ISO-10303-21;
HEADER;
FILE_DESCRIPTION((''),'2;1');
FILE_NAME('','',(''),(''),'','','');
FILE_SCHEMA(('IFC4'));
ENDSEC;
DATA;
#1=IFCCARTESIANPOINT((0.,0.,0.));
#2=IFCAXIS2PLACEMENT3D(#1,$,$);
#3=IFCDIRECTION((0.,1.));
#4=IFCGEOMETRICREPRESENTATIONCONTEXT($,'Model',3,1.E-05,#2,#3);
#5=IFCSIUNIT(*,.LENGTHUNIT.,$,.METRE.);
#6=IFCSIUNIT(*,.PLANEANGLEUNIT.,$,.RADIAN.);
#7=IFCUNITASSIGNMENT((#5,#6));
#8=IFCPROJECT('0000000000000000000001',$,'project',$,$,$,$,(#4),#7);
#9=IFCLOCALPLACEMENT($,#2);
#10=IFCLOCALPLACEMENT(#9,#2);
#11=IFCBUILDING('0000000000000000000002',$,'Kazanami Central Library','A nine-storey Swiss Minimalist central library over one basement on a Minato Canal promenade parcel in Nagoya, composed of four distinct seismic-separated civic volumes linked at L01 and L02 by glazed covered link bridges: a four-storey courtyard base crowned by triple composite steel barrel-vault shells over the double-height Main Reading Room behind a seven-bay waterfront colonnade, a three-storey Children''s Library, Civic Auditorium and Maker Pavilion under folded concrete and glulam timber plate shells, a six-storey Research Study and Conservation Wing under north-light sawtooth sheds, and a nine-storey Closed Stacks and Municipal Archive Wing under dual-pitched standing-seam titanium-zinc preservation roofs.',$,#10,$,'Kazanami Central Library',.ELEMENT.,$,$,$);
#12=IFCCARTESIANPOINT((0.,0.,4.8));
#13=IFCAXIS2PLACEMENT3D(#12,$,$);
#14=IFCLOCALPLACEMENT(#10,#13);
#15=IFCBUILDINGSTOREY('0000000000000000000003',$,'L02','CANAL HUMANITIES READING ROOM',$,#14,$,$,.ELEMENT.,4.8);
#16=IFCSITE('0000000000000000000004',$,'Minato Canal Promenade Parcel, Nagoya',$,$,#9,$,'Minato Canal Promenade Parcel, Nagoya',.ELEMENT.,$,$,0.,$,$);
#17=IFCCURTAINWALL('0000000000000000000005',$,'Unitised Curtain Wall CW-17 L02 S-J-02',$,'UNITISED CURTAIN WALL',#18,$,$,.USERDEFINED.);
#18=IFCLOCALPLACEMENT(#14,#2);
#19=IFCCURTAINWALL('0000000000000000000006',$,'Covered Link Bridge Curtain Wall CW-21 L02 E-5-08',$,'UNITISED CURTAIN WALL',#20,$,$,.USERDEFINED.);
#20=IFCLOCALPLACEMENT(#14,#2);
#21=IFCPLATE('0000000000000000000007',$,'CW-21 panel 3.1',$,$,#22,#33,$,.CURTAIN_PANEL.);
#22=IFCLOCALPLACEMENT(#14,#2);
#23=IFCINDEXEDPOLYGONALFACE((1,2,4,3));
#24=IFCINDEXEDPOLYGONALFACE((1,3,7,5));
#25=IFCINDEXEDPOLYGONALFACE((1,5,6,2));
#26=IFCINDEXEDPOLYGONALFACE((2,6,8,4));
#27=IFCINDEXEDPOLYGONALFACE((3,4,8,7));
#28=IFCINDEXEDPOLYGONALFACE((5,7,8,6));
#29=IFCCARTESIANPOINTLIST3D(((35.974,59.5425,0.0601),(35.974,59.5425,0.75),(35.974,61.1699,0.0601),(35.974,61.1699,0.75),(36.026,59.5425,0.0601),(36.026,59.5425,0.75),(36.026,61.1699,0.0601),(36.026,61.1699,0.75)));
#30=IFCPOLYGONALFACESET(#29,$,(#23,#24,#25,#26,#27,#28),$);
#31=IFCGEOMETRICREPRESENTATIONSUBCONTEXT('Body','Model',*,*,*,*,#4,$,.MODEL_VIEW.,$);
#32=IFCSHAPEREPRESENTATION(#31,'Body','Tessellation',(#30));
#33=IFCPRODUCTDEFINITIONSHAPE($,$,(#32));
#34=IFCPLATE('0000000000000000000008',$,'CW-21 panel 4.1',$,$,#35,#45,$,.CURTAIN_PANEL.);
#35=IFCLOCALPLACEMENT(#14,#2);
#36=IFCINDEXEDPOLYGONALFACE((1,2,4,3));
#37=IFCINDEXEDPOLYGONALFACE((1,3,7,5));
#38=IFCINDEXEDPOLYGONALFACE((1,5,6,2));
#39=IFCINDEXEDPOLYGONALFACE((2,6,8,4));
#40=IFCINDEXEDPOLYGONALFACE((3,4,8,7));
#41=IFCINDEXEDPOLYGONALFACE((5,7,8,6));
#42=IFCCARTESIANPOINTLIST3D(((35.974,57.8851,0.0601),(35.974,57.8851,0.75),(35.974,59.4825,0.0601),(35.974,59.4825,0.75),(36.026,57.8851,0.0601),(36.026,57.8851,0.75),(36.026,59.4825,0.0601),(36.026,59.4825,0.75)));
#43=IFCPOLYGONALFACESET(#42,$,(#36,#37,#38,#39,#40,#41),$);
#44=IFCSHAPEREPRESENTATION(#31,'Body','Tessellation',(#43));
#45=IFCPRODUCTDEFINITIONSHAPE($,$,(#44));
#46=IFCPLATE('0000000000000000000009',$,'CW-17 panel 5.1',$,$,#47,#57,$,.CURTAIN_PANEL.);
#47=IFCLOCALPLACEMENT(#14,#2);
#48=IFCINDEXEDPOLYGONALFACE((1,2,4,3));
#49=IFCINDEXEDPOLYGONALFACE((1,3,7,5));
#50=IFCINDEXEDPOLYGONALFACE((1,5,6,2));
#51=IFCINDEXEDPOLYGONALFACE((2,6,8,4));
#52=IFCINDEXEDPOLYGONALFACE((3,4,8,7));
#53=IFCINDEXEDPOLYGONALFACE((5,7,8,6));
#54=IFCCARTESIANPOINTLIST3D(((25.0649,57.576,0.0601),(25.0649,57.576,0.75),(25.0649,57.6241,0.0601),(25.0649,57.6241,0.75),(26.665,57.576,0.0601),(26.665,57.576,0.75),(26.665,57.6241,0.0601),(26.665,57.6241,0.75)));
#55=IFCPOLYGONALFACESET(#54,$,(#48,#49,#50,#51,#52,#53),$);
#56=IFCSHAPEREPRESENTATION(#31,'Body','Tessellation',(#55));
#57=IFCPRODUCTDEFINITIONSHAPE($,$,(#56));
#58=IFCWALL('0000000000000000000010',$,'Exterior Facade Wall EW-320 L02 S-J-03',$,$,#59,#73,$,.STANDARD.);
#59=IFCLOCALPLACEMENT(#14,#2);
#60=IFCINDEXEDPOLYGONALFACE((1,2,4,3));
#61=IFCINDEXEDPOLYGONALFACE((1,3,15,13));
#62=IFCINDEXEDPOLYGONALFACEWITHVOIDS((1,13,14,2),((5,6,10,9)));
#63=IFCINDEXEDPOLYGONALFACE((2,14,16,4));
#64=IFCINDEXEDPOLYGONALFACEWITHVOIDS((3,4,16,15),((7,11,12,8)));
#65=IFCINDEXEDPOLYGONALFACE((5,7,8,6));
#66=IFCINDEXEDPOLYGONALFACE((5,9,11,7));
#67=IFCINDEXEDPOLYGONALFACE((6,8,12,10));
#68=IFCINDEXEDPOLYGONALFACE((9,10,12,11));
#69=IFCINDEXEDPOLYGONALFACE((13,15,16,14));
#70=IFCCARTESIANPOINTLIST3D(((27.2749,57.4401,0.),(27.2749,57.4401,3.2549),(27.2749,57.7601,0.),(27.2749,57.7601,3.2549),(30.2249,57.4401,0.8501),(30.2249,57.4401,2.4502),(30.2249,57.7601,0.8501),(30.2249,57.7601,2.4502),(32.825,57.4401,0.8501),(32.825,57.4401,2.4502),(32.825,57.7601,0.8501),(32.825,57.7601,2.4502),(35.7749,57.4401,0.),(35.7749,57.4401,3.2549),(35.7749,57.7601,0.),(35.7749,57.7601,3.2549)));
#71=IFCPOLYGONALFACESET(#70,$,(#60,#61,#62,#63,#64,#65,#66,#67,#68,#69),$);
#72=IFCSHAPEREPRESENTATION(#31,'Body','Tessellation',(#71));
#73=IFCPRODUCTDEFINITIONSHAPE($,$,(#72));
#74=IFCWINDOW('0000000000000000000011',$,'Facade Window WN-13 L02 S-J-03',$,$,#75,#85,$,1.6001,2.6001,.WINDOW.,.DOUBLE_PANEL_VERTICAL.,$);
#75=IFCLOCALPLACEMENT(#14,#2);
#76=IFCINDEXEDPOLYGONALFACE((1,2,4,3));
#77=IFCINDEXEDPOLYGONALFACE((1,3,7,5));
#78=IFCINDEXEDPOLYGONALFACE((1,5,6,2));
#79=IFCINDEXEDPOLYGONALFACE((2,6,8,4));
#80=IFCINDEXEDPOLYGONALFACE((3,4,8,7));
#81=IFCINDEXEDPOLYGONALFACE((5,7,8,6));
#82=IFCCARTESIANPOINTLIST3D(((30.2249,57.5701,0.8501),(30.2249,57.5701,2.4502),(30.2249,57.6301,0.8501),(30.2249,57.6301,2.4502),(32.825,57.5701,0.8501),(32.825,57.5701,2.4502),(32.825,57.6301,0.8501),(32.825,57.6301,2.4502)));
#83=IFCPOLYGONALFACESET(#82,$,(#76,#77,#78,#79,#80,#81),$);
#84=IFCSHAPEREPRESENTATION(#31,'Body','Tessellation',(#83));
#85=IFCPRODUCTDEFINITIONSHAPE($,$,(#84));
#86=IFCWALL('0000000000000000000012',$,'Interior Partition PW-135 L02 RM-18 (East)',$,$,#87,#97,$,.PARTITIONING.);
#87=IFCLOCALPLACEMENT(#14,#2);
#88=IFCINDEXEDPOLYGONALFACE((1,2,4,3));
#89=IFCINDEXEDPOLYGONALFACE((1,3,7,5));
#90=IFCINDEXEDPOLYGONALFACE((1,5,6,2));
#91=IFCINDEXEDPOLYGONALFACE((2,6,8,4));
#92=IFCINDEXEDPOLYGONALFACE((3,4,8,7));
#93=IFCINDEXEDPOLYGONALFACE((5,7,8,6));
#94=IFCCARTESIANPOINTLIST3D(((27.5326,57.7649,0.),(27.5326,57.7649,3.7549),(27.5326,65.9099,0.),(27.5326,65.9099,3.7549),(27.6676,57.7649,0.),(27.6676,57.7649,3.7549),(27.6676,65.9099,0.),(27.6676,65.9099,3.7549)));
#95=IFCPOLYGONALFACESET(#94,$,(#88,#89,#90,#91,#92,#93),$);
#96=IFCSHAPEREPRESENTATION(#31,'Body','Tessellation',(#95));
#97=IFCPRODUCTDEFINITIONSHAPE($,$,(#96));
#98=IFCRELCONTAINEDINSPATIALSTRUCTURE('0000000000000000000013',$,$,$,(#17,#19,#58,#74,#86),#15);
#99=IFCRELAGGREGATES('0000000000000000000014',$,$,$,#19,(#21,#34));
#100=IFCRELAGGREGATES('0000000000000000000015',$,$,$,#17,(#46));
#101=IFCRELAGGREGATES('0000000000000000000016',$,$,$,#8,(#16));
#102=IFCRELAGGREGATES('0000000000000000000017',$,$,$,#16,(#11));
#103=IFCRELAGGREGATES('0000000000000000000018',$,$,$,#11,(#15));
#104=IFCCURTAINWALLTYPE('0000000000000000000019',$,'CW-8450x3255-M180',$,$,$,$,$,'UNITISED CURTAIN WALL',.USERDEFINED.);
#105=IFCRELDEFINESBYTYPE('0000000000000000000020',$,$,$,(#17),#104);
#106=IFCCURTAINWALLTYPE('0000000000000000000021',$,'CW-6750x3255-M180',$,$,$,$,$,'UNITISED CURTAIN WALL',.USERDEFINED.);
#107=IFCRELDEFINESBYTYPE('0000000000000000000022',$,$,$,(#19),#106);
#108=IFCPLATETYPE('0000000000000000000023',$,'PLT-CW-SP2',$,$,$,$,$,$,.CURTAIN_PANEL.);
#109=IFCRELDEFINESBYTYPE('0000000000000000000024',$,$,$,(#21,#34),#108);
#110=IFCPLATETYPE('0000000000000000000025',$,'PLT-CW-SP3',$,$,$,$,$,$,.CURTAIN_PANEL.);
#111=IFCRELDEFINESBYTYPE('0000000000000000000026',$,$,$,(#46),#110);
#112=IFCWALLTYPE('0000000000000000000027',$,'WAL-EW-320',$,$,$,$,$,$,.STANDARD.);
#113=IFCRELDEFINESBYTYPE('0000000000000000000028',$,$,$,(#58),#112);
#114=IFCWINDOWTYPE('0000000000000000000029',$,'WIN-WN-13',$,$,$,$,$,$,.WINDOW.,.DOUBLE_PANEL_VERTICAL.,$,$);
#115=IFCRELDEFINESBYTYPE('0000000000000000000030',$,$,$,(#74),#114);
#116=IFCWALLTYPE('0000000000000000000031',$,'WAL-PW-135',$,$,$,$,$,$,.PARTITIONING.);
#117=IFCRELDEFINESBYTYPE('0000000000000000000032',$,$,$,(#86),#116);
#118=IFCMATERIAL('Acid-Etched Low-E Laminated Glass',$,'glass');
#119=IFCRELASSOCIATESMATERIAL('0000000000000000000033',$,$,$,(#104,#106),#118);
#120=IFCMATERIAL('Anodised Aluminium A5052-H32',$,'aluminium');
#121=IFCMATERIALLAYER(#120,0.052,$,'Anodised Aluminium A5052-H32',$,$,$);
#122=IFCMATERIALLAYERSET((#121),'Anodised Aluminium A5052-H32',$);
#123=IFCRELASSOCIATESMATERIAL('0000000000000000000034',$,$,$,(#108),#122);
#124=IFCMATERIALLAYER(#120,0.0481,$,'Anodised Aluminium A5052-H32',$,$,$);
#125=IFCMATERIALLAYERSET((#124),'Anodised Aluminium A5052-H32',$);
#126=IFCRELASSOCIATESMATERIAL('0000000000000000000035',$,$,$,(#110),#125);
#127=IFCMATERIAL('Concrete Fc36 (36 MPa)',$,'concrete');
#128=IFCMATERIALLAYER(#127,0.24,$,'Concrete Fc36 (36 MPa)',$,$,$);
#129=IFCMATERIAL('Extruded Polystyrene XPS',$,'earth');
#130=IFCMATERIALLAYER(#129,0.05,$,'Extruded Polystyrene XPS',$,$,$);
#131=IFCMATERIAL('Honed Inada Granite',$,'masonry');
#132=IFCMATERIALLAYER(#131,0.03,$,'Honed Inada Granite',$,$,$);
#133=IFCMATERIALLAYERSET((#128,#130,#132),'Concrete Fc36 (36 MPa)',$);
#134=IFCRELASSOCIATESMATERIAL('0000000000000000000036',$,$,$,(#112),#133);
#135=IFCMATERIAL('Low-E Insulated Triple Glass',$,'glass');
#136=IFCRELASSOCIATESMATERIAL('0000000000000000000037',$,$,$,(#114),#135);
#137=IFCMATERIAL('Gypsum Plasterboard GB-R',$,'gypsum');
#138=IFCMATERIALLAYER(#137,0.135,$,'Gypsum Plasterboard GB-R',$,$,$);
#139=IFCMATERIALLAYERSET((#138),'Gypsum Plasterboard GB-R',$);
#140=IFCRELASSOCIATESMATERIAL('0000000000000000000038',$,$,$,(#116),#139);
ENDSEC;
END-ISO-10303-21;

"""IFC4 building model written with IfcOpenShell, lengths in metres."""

from ifc_helpers import new_model, si_unit, direction, frame, frame_2d, origin, origin_2d, place, context, subcontext, project, spatial, rectangle, extrude, material, layer, layer_set, type_object, element, fill, aggregate, save


model = new_model("IFC4")

# Units and contexts
model_context = context("Model", 3, precision=1e-05, world=origin(), true_north=direction((0.0, 1.0)))
body_context = subcontext(model_context, "Body", "Model", "MODEL_VIEW")
ifc_project = project(units=[si_unit("LENGTHUNIT", "METRE"), si_unit("PLANEANGLEUNIT", "RADIAN")], contexts=[model_context])

# Site, building, storey
site_placement = place(None, origin())
site = spatial("IfcSite", under=ifc_project, at=site_placement, Name="Minato Canal Promenade Parcel, Nagoya", LongName="Minato Canal Promenade Parcel, Nagoya", CompositionType="ELEMENT", RefElevation=0.0)
building_placement = place(site_placement, origin())
building = spatial("IfcBuilding", under=site, at=building_placement, Name="Kazanami Central Library", Description="A nine-storey Swiss Minimalist central library over one basement on a Minato Canal promenade parcel in Nagoya, composed of four distinct seismic-separated civic volumes linked at L01 and L02 by glazed covered link bridges: a four-storey courtyard base crowned by triple composite steel barrel-vault shells over the double-height Main Reading Room behind a seven-bay waterfront colonnade, a three-storey Children's Library, Civic Auditorium and Maker Pavilion under folded concrete and glulam timber plate shells, a six-storey Research Study and Conservation Wing under north-light sawtooth sheds, and a nine-storey Closed Stacks and Municipal Archive Wing under dual-pitched standing-seam titanium-zinc preservation roofs.", LongName="Kazanami Central Library", CompositionType="ELEMENT")
storey_placement = place(building_placement, frame((0.0, 0.0, 4.8)))
storey = spatial("IfcBuildingStorey", under=building, at=storey_placement, Name="L02", Description="CANAL HUMANITIES READING ROOM", CompositionType="ELEMENT", Elevation=4.8)

# Curtain wall
ifc_material_1 = material(Name="Acid-Etched Low-E Laminated Glass", Category="glass")
curtain_wall_type_1 = type_object("IfcCurtainWallType", Name="CW-8450x3255-M180", ElementType="UNITISED CURTAIN WALL", PredefinedType="USERDEFINED", material=ifc_material_1)
curtain_wall_1_placement = place(storey_placement, origin())
curtain_wall_1 = element("IfcCurtainWall", 1, at=curtain_wall_1_placement, inside=storey, type_object=curtain_wall_type_1, Name="Unitised Curtain Wall CW-17 L02 S-J-02", ObjectType="UNITISED CURTAIN WALL", PredefinedType="USERDEFINED")

# Curtain wall
curtain_wall_type_2 = type_object("IfcCurtainWallType", Name="CW-6750x3255-M180", ElementType="UNITISED CURTAIN WALL", PredefinedType="USERDEFINED", material=ifc_material_1)
curtain_wall_2_placement = place(storey_placement, origin())
curtain_wall_2 = element("IfcCurtainWall", 2, at=curtain_wall_2_placement, inside=storey, type_object=curtain_wall_type_2, Name="Covered Link Bridge Curtain Wall CW-21 L02 E-5-08", ObjectType="UNITISED CURTAIN WALL", PredefinedType="USERDEFINED")

# Plates
ifc_material_2 = material(Name="Low-E Insulated Triple Glass", Category="glass")
ifc_material_3 = material(Name="Anodised Aluminium A5052-H32", Category="aluminium")
ifc_layer_1 = layer(ifc_material_3, 0.052, Name="Anodised Aluminium A5052-H32")
ifc_layer_set_1 = layer_set([ifc_layer_1], Name="Anodised Aluminium A5052-H32")
plate_type_1 = type_object("IfcPlateType", Name="PLT-CW-SP2", PredefinedType="CURTAIN_PANEL", material=ifc_layer_set_1)
plate_1_placement = place(storey_placement, frame((36.0, 60.3562, 0.0601), z_axis=(0.0, 0.0, 1.0), x_axis=(0.0, -1.0, 0.0)))
plate_1 = element("IfcPlate", 3, at=plate_1_placement, type_object=plate_type_1, Name="CW-21 panel 3.1", PredefinedType="CURTAIN_PANEL", context=body_context, shape_type="SweptSolid", body=[
    extrude(rectangle(XDim=1.6274, YDim=0.052, at=origin_2d()), origin(), (0.0, 0.0, 1.0), 0.6899),
])
plate_2_placement = place(storey_placement, frame((36.0, 58.6838, 0.0601), z_axis=(0.0, 0.0, 1.0), x_axis=(0.0, -1.0, 0.0)))
plate_2 = element("IfcPlate", 4, at=plate_2_placement, type_object=plate_type_1, Name="CW-21 panel 4.1", PredefinedType="CURTAIN_PANEL", context=body_context, shape_type="SweptSolid", body=[
    extrude(rectangle(XDim=1.5974, YDim=0.052, at=origin_2d()), origin(), (0.0, 0.0, 1.0), 0.6899),
])
aggregate(curtain_wall_2, [plate_1, plate_2])
ifc_layer_2 = layer(ifc_material_3, 0.0481, Name="Anodised Aluminium A5052-H32")
ifc_layer_set_2 = layer_set([ifc_layer_2], Name="Anodised Aluminium A5052-H32")
plate_type_2 = type_object("IfcPlateType", Name="PLT-CW-SP3", PredefinedType="CURTAIN_PANEL", material=ifc_layer_set_2)
plate_3_placement = place(storey_placement, frame((25.865, 57.6001, 0.0601), z_axis=(0.0, 0.0, 1.0), x_axis=(1.0, 0.0, 0.0)))
plate_3 = element("IfcPlate", 5, at=plate_3_placement, type_object=plate_type_2, Name="CW-17 panel 5.1", PredefinedType="CURTAIN_PANEL", context=body_context, shape_type="SweptSolid", body=[
    extrude(rectangle(XDim=1.6001, YDim=0.0481, at=origin_2d()), origin(), (0.0, 0.0, 1.0), 0.6899),
])
aggregate(curtain_wall_1, [plate_3])

# Wall, opening, window
ifc_material_4 = material(Name="Concrete Fc36 (36 MPa)", Category="concrete")
ifc_layer_3 = layer(ifc_material_4, 0.24, Name="Concrete Fc36 (36 MPa)")
ifc_material_5 = material(Name="Extruded Polystyrene XPS", Category="earth")
ifc_layer_4 = layer(ifc_material_5, 0.05, Name="Extruded Polystyrene XPS")
ifc_material_6 = material(Name="Honed Inada Granite", Category="masonry")
ifc_layer_5 = layer(ifc_material_6, 0.03, Name="Honed Inada Granite")
ifc_layer_set_3 = layer_set([ifc_layer_3, ifc_layer_4, ifc_layer_5], Name="Concrete Fc36 (36 MPa)")
wall_type_1 = type_object("IfcWallType", Name="WAL-EW-320", PredefinedType="STANDARD", material=ifc_layer_set_3)
wall_1_placement = place(storey_placement, frame((27.2749, 57.6001, 0.0), z_axis=(0.0, 0.0, 1.0), x_axis=(1.0, 0.0, 0.0)))
wall_1 = element("IfcWall", 6, at=wall_1_placement, inside=storey, type_object=wall_type_1, Name="Exterior Facade Wall EW-320 L02 S-J-03", PredefinedType="STANDARD", context=body_context, shape_type="SweptSolid", body=[
    extrude(rectangle(XDim=8.5, YDim=0.3201, at=frame_2d((4.25, 0.0))), origin(), (0.0, 0.0, 1.0), 3.2549),
])
opening_placement = place(wall_1_placement, frame((2.95, 0.0, 0.8501)))
opening = element("IfcOpeningElement", 7, at=opening_placement, cuts=wall_1, PredefinedType="OPENING", context=body_context, shape_type="SweptSolid", body=[
    extrude(rectangle(XDim=2.6001, YDim=1.6001, at=frame_2d((1.3, 0.8))), frame((0.0, 0.1719, 0.0), z_axis=(0.0, -1.0, 0.0), x_axis=(1.0, 0.0, 0.0)), (0.0, 0.0, 1.0), 0.344),
])
window_type = type_object("IfcWindowType", Name="WIN-WN-13", PartitioningType="DOUBLE_PANEL_VERTICAL", PredefinedType="WINDOW", material=ifc_material_2)
window_placement = place(opening_placement, origin())
window = element("IfcWindow", 8, at=window_placement, inside=storey, type_object=window_type, Name="Facade Window WN-13 L02 S-J-03", OverallHeight=1.6001, OverallWidth=2.6001, PartitioningType="DOUBLE_PANEL_VERTICAL", PredefinedType="WINDOW", context=body_context, shape_type="SweptSolid", body=[
    extrude(rectangle(XDim=2.6001, YDim=1.6001, at=frame_2d((1.3, 0.8))), frame((0.0, 0.03, 0.0), z_axis=(0.0, -1.0, 0.0), x_axis=(1.0, 0.0, 0.0)), (0.0, 0.0, 1.0), 0.0601),
])
fill(opening, window)

# Wall
ifc_material_7 = material(Name="Gypsum Plasterboard GB-R", Category="gypsum")
ifc_layer_6 = layer(ifc_material_7, 0.135, Name="Gypsum Plasterboard GB-R")
ifc_layer_set_4 = layer_set([ifc_layer_6], Name="Gypsum Plasterboard GB-R")
wall_type_2 = type_object("IfcWallType", Name="WAL-PW-135", PredefinedType="PARTITIONING", material=ifc_layer_set_4)
wall_2_placement = place(storey_placement, frame((27.6001, 57.7649, 0.0), z_axis=(0.0, 0.0, 1.0), x_axis=(0.0, 1.0, 0.0)))
element("IfcWall", 9, at=wall_2_placement, inside=storey, type_object=wall_type_2, Name="Interior Partition PW-135 L02 RM-18 (East)", PredefinedType="PARTITIONING", context=body_context, shape_type="SweptSolid", body=[
    extrude(rectangle(XDim=8.145, YDim=0.135, at=frame_2d((4.0725, 0.0))), origin(), (0.0, 0.0, 1.0), 3.7549),
])

save(model, "model.ifc")
